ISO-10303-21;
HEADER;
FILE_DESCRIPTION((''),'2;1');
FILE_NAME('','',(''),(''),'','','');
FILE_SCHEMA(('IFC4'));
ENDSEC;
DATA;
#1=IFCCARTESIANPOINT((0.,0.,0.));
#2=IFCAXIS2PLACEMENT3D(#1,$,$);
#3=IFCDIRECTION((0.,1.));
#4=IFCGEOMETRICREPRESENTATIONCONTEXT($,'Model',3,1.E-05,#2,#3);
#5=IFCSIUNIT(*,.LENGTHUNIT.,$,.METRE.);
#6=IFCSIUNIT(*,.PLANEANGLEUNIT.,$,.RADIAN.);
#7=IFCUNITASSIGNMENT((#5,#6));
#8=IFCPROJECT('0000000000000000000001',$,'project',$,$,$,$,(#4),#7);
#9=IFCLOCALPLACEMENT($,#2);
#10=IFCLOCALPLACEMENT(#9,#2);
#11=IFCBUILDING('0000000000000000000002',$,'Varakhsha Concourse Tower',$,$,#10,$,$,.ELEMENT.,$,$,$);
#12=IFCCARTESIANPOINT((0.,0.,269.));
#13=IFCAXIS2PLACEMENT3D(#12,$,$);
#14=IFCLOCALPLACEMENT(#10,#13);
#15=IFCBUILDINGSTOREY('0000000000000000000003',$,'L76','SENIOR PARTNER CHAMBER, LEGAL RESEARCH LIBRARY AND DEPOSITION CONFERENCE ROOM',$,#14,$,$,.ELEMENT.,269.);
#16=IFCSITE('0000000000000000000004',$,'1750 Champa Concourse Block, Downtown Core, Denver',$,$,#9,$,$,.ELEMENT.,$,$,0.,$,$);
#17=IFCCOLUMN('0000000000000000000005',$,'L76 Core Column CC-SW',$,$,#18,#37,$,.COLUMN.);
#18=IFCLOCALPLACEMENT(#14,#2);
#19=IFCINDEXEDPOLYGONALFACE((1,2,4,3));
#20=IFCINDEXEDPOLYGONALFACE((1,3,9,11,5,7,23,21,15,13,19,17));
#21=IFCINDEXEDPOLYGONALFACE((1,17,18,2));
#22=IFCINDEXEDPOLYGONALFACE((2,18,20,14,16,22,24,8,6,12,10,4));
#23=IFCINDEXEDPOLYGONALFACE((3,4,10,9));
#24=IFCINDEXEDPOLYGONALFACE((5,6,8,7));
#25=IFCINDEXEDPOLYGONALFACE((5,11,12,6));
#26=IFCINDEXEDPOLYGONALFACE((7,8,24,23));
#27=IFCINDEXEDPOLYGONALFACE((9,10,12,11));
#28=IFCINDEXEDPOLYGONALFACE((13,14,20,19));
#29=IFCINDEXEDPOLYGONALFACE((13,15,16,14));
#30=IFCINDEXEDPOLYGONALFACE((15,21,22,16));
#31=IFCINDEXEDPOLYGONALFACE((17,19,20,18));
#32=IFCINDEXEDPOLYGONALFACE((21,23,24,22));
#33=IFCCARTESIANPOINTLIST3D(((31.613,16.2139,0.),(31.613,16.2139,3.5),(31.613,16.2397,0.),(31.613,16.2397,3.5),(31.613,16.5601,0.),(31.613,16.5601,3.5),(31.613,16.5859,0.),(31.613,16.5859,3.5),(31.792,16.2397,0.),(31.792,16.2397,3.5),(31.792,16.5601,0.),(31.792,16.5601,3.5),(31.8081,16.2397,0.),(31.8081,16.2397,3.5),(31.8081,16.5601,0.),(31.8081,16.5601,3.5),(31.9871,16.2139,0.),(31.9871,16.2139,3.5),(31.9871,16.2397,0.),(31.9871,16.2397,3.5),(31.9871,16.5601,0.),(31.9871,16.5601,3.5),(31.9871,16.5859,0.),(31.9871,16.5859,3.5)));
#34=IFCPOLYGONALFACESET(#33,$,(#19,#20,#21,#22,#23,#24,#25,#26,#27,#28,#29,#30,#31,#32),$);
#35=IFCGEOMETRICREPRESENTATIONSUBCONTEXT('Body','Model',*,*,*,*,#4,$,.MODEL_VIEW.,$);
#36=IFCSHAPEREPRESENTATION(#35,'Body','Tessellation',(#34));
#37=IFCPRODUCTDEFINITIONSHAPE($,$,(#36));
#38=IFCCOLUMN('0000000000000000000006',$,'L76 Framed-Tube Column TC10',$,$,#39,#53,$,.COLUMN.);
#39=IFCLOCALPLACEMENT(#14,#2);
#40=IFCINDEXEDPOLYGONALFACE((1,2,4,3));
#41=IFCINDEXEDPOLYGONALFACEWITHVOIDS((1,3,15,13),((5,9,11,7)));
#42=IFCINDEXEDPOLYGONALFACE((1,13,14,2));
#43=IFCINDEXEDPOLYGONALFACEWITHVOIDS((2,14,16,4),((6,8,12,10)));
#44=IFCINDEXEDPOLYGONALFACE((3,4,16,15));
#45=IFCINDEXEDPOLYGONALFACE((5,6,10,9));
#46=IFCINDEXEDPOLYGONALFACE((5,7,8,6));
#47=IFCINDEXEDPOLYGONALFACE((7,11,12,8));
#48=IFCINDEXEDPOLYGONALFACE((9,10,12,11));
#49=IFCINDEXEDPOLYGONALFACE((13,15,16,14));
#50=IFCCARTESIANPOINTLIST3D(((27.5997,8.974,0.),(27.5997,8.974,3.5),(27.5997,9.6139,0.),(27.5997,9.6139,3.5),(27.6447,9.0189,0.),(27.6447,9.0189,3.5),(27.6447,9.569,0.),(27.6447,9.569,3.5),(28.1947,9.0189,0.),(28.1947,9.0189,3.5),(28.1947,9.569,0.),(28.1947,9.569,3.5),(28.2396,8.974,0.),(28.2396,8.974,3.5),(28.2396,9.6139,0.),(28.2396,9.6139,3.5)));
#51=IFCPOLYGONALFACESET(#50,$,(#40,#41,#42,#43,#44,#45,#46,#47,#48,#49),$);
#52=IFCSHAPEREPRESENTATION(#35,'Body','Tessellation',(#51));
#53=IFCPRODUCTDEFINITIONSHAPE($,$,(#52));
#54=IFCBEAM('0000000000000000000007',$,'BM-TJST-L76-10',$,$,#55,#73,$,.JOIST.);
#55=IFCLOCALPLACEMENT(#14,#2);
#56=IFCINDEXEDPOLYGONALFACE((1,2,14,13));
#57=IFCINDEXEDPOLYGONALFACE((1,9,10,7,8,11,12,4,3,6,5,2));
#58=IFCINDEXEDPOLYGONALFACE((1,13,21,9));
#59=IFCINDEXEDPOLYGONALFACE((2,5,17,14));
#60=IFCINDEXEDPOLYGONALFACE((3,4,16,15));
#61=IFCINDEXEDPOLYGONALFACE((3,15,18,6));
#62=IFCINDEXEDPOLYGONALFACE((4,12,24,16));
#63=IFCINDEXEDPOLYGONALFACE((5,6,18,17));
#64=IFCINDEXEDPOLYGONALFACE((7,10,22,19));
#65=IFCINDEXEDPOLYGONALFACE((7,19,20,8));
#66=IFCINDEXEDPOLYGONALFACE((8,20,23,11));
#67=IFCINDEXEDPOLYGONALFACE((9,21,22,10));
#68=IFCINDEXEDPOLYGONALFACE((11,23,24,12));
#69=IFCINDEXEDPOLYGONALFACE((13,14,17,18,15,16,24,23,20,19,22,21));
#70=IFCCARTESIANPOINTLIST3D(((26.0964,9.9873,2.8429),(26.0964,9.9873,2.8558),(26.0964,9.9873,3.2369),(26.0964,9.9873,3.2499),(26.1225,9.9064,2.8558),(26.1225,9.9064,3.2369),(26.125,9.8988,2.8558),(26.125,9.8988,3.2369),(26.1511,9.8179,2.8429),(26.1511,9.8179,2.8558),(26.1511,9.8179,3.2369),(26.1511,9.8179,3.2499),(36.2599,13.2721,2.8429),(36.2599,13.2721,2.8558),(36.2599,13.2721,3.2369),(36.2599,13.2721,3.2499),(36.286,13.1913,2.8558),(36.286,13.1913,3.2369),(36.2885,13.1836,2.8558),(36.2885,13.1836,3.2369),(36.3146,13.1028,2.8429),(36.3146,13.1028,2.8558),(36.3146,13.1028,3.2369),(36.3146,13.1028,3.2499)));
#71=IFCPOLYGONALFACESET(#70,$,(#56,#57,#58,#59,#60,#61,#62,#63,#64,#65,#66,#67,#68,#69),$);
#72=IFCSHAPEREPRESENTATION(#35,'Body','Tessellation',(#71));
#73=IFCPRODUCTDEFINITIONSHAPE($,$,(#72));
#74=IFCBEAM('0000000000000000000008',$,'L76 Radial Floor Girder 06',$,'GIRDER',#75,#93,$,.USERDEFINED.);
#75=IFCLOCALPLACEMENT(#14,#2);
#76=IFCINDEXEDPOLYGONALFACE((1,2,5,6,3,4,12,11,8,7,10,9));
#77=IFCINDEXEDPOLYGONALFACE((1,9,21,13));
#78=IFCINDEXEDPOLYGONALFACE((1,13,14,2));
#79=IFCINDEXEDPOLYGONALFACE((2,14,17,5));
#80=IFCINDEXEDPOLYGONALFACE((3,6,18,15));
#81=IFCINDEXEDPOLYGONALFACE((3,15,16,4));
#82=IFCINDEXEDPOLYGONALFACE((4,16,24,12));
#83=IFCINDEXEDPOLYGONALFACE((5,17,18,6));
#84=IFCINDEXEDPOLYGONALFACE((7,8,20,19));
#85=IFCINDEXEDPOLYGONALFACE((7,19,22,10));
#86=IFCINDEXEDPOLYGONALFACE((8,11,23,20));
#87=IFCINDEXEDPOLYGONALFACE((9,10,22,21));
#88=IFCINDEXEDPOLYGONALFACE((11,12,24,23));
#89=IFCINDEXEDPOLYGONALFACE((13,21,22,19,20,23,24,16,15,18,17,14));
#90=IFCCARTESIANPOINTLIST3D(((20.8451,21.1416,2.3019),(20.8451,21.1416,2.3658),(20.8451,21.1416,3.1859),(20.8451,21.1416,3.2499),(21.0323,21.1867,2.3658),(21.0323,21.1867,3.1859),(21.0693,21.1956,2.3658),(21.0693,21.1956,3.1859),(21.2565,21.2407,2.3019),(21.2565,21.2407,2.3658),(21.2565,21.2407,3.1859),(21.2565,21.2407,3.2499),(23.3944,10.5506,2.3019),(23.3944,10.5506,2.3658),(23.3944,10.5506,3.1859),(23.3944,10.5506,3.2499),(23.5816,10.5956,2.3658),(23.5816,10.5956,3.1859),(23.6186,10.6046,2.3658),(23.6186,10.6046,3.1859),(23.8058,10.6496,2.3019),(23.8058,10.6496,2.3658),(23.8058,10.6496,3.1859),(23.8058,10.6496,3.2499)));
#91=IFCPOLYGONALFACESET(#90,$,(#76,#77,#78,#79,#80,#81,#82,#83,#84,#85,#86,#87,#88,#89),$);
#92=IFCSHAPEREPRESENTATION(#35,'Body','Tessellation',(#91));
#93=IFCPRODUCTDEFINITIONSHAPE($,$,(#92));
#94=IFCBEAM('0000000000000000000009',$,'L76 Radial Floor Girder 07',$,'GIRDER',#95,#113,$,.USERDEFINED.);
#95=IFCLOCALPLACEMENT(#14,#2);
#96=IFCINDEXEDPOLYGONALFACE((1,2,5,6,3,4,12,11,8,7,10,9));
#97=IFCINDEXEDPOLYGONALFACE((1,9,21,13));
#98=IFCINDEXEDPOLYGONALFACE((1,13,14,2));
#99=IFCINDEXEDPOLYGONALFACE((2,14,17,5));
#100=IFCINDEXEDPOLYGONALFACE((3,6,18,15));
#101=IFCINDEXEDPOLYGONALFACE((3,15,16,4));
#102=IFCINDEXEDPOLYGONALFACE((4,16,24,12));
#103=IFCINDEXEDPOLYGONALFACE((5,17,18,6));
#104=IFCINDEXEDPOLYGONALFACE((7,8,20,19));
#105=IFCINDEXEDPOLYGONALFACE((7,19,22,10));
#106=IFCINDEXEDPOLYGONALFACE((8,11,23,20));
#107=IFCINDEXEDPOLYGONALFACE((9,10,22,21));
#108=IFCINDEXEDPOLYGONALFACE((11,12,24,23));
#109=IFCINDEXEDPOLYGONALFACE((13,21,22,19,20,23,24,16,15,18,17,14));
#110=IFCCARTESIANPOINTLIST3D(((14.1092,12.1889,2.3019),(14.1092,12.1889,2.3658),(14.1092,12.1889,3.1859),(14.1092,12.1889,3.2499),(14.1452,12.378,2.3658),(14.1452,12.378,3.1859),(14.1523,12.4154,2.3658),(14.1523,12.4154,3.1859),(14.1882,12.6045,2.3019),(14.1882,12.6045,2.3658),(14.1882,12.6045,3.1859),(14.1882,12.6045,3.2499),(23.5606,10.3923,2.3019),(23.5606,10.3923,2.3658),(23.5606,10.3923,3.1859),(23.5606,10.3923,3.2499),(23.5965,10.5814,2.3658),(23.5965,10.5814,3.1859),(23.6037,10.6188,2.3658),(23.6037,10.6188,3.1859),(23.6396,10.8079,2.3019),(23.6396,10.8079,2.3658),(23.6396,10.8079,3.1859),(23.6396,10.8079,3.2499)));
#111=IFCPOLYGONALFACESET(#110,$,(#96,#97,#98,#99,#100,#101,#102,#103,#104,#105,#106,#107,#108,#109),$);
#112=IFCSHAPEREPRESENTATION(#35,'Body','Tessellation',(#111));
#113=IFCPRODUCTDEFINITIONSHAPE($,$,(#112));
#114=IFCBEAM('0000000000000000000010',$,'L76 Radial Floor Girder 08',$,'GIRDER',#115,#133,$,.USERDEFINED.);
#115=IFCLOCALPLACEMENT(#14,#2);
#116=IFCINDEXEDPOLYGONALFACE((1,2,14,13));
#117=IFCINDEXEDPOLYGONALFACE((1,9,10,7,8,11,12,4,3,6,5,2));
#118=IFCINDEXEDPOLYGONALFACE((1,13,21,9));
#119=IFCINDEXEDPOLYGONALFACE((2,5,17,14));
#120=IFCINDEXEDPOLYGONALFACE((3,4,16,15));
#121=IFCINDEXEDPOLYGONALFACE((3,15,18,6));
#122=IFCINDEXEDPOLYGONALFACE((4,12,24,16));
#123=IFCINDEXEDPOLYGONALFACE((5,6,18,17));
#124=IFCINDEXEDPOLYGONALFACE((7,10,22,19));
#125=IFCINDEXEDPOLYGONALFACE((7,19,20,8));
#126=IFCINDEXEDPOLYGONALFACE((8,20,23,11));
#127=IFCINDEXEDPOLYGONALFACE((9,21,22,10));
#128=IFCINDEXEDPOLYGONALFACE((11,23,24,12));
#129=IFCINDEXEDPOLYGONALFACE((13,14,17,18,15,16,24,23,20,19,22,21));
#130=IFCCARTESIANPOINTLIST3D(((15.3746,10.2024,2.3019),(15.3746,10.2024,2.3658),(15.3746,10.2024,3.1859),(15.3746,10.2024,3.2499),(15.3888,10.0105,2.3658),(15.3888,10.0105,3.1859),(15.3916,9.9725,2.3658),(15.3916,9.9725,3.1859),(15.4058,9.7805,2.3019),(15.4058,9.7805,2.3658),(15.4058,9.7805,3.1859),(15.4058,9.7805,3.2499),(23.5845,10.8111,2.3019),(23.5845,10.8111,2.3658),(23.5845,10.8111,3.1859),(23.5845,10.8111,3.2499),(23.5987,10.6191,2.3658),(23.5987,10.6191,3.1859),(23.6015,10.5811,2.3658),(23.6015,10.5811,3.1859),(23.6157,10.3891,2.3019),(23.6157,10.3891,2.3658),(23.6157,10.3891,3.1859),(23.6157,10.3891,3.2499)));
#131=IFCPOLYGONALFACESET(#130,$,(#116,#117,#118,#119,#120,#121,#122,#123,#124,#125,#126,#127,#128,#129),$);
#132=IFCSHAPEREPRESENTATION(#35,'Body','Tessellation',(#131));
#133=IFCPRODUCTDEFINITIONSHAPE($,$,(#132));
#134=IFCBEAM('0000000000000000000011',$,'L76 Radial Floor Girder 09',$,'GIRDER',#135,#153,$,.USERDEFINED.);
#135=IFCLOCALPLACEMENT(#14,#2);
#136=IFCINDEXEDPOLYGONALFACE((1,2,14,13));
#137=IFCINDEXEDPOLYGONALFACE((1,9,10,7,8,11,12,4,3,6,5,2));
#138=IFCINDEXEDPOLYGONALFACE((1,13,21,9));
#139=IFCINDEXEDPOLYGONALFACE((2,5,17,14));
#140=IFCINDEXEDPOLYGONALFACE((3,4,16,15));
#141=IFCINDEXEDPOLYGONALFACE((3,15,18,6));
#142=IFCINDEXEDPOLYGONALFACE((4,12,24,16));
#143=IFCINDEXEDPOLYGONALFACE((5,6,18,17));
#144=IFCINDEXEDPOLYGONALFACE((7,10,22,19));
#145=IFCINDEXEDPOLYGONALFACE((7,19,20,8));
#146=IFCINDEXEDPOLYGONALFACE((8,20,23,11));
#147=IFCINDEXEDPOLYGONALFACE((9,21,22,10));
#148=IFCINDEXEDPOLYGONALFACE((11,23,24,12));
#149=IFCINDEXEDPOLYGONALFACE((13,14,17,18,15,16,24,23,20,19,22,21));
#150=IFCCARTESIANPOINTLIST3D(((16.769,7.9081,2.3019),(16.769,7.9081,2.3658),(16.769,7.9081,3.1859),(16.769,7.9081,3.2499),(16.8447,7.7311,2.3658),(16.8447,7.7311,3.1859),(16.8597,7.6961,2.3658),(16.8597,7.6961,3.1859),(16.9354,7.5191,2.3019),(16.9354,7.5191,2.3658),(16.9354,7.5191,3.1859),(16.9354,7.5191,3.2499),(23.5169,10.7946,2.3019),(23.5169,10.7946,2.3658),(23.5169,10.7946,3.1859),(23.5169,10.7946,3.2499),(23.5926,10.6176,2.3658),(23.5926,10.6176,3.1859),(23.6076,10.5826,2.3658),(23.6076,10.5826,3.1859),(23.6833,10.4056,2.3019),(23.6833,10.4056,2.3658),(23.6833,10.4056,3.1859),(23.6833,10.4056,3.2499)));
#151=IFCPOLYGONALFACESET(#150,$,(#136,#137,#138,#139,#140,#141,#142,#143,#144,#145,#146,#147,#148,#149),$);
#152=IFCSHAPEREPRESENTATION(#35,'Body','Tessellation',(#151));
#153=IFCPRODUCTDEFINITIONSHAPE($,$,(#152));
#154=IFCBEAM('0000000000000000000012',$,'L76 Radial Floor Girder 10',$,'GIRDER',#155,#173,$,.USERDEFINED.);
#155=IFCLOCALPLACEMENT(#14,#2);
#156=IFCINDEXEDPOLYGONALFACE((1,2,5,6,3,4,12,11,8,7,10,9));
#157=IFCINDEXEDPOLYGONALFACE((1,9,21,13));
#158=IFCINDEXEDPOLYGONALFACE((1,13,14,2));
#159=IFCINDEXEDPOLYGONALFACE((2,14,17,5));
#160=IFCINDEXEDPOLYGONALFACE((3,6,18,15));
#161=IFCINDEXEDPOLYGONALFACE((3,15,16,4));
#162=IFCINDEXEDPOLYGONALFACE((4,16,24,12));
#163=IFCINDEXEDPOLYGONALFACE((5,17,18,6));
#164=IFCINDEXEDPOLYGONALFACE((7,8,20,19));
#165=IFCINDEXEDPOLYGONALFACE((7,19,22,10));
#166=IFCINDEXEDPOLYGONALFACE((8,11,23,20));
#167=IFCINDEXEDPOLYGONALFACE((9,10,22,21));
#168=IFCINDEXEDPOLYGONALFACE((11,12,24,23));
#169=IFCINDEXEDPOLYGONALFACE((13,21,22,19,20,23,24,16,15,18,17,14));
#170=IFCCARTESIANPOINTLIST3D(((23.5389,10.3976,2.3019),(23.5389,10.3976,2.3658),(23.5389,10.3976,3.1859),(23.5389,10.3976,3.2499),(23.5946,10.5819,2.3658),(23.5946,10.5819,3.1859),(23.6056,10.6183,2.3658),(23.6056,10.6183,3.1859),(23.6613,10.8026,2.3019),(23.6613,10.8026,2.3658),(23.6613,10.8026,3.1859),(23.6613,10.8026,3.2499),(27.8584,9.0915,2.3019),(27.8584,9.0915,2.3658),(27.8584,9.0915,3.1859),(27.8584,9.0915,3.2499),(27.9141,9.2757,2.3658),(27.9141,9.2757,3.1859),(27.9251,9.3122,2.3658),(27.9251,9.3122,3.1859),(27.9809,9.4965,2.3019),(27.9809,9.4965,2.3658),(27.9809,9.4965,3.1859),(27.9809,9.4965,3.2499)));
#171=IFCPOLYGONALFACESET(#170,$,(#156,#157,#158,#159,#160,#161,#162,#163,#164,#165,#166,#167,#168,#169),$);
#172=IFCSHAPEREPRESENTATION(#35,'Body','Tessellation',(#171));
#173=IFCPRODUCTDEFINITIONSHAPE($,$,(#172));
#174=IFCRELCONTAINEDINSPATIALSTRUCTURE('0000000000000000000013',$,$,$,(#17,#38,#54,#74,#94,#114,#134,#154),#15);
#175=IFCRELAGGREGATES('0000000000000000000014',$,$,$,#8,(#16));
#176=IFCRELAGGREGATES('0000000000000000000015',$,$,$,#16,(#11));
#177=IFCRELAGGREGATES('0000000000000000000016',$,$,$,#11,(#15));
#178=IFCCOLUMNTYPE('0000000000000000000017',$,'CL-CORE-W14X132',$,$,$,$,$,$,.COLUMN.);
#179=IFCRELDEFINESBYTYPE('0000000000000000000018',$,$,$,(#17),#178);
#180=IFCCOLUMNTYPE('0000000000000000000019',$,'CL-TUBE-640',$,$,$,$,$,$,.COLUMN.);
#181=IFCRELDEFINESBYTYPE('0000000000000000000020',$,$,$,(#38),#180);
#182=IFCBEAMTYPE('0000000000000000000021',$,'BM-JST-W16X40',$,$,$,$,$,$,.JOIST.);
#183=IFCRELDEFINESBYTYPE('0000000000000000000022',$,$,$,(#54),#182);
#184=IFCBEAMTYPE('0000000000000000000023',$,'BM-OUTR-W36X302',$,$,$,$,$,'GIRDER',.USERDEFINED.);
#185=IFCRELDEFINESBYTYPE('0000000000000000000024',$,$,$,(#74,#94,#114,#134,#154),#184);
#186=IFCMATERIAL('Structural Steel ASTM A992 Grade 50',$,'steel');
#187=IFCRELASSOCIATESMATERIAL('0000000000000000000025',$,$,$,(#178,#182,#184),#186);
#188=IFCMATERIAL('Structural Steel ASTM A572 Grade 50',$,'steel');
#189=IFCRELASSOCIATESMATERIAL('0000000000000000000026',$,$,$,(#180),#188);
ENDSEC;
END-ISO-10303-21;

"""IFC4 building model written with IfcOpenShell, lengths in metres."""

from ifc_helpers import new_model, si_unit, direction, frame, origin, origin_2d, place, context, subcontext, project, spatial, hollow_rectangle, i_section, extrude, material, material_profile, profile_set, type_object, element, save


model = new_model("IFC4")

# Units and contexts
model_context = context("Model", 3, precision=1e-05, world=origin(), true_north=direction((0.0, 1.0)))
body_context = subcontext(model_context, "Body", "Model", "MODEL_VIEW")
ifc_project = project(units=[si_unit("LENGTHUNIT", "METRE"), si_unit("PLANEANGLEUNIT", "RADIAN")], contexts=[model_context])

# Site, building, storey
site_placement = place(None, origin())
site = spatial("IfcSite", under=ifc_project, at=site_placement, Name="1750 Champa Concourse Block, Downtown Core, Denver", CompositionType="ELEMENT", RefElevation=0.0)
building_placement = place(site_placement, origin())
building = spatial("IfcBuilding", under=site, at=building_placement, Name="Varakhsha Concourse Tower", CompositionType="ELEMENT")
storey_placement = place(building_placement, frame((0.0, 0.0, 269.0)))
storey = spatial("IfcBuildingStorey", under=building, at=storey_placement, Name="L76", Description="SENIOR PARTNER CHAMBER, LEGAL RESEARCH LIBRARY AND DEPOSITION CONFERENCE ROOM", CompositionType="ELEMENT", Elevation=269.0)

# Columns
ifc_material_1 = material(Name="Structural Steel ASTM A992 Grade 50", Category="steel")
ifc_material_profile_1 = material_profile(ifc_material_1, i_section(OverallWidth=0.374, OverallDepth=0.3721, WebThickness=0.0161, FlangeThickness=0.0259, at=origin_2d()), Name="W14X132")
ifc_profile_set_1 = profile_set([ifc_material_profile_1], Name="Structural Steel ASTM A992 Grade 50")
column_type_1 = type_object("IfcColumnType", Name="CL-CORE-W14X132", PredefinedType="COLUMN", material=ifc_profile_set_1)
column_1_placement = place(storey_placement, frame((31.8, 16.3999, 0.0), z_axis=(0.0, 0.0, 1.0), x_axis=(1.0, 0.0, 0.0)))
element("IfcColumn", 1, at=column_1_placement, inside=storey, type_object=column_type_1, Name="L76 Core Column CC-SW", PredefinedType="COLUMN", context=body_context, shape_type="SweptSolid", body=[
    extrude(i_section(OverallWidth=0.374, OverallDepth=0.3721, WebThickness=0.0161, FlangeThickness=0.0259, at=origin_2d()), origin(), (0.0, 0.0, 1.0), 3.5),
])
ifc_material_2 = material(Name="Structural Steel ASTM A572 Grade 50", Category="steel")
ifc_material_profile_2 = material_profile(ifc_material_2, hollow_rectangle(XDim=0.6399, YDim=0.6399, WallThickness=0.0449, at=origin_2d()), Name="BOX 640x640x45")
ifc_profile_set_2 = profile_set([ifc_material_profile_2], Name="Structural Steel ASTM A572 Grade 50")
column_type_2 = type_object("IfcColumnType", Name="CL-TUBE-640", PredefinedType="COLUMN", material=ifc_profile_set_2)
column_2_placement = place(storey_placement, frame((27.9197, 9.2939, 0.0), z_axis=(0.0, 0.0, 1.0), x_axis=(1.0, 0.0, 0.0)))
element("IfcColumn", 2, at=column_2_placement, inside=storey, type_object=column_type_2, Name="L76 Framed-Tube Column TC10", PredefinedType="COLUMN", context=body_context, shape_type="SweptSolid", body=[
    extrude(hollow_rectangle(XDim=0.6399, YDim=0.6399, WallThickness=0.0449, at=origin_2d()), origin(), (0.0, 0.0, 1.0), 3.5),
])

# Beams
ifc_material_profile_3 = material_profile(ifc_material_1, i_section(OverallWidth=0.178, OverallDepth=0.407, WebThickness=0.0081, FlangeThickness=0.0129, at=origin_2d()), Name="W16X40")
ifc_profile_set_3 = profile_set([ifc_material_profile_3], Name="Structural Steel ASTM A992 Grade 50")
beam_type_1 = type_object("IfcBeamType", Name="BM-JST-W16X40", PredefinedType="JOIST", material=ifc_profile_set_3)
beam_1_placement = place(storey_placement, frame((26.1238, 9.9026, 3.0464), z_axis=(0.951535, 0.30754, 0.0), x_axis=(-0.30754, 0.951535, 0.0)))
element("IfcBeam", 3, at=beam_1_placement, inside=storey, type_object=beam_type_1, Name="BM-TJST-L76-10", PredefinedType="JOIST", context=body_context, shape_type="SweptSolid", body=[
    extrude(i_section(OverallWidth=0.178, OverallDepth=0.407, WebThickness=0.0081, FlangeThickness=0.0129, at=origin_2d()), origin(), (0.0, 0.0, 1.0), 10.6812),
])
ifc_material_profile_4 = material_profile(ifc_material_1, i_section(OverallWidth=0.4231, OverallDepth=0.948, WebThickness=0.0381, FlangeThickness=0.064, at=origin_2d()), Name="W36X302")
ifc_profile_set_4 = profile_set([ifc_material_profile_4], Name="Structural Steel ASTM A992 Grade 50")
beam_type_2 = type_object("IfcBeamType", Name="BM-OUTR-W36X302", ElementType="GIRDER", PredefinedType="USERDEFINED", material=ifc_profile_set_4)
beam_2_placement = place(storey_placement, frame((23.6001, 10.6001, 2.7759), z_axis=(-0.23402, 0.972232, 0.0), x_axis=(-0.972232, -0.23402, 0.0)))
element("IfcBeam", 4, at=beam_2_placement, inside=storey, type_object=beam_type_2, Name="L76 Radial Floor Girder 06", ObjectType="GIRDER", PredefinedType="USERDEFINED", context=body_context, shape_type="SweptSolid", body=[
    extrude(i_section(OverallWidth=0.4231, OverallDepth=0.948, WebThickness=0.0381, FlangeThickness=0.064, at=origin_2d()), origin(), (0.0, 0.0, 1.0), 10.8936),
])
beam_3_placement = place(storey_placement, frame((23.6001, 10.6001, 2.7759), z_axis=(-0.982408, 0.186747, 0.0), x_axis=(-0.186747, -0.982408, 0.0)))
element("IfcBeam", 5, at=beam_3_placement, inside=storey, type_object=beam_type_2, Name="L76 Radial Floor Girder 07", ObjectType="GIRDER", PredefinedType="USERDEFINED", context=body_context, shape_type="SweptSolid", body=[
    extrude(i_section(OverallWidth=0.4231, OverallDepth=0.948, WebThickness=0.0381, FlangeThickness=0.064, at=origin_2d()), origin(), (0.0, 0.0, 1.0), 9.6206),
])
beam_4_placement = place(storey_placement, frame((23.6001, 10.6001, 2.7759), z_axis=(-0.997263, -0.073932, 0.0), x_axis=(0.073932, -0.997263, 0.0)))
element("IfcBeam", 6, at=beam_4_placement, inside=storey, type_object=beam_type_2, Name="L76 Radial Floor Girder 08", ObjectType="GIRDER", PredefinedType="USERDEFINED", context=body_context, shape_type="SweptSolid", body=[
    extrude(i_section(OverallWidth=0.4231, OverallDepth=0.948, WebThickness=0.0381, FlangeThickness=0.064, at=origin_2d()), origin(), (0.0, 0.0, 1.0), 8.2324),
])
beam_5_placement = place(storey_placement, frame((23.6001, 10.6001, 2.7759), z_axis=(-0.919413, -0.393293, 0.0), x_axis=(0.393293, -0.919413, 0.0)))
element("IfcBeam", 7, at=beam_5_placement, inside=storey, type_object=beam_type_2, Name="L76 Radial Floor Girder 09", ObjectType="GIRDER", PredefinedType="USERDEFINED", context=body_context, shape_type="SweptSolid", body=[
    extrude(i_section(OverallWidth=0.4231, OverallDepth=0.948, WebThickness=0.0381, FlangeThickness=0.064, at=origin_2d()), origin(), (0.0, 0.0, 1.0), 7.3394),
])
beam_6_placement = place(storey_placement, frame((23.6001, 10.6001, 2.7759), z_axis=(0.957197, -0.289437, 0.0), x_axis=(0.289437, 0.957197, 0.0)))
element("IfcBeam", 8, at=beam_6_placement, inside=storey, type_object=beam_type_2, Name="L76 Radial Floor Girder 10", ObjectType="GIRDER", PredefinedType="USERDEFINED", context=body_context, shape_type="SweptSolid", body=[
    extrude(i_section(OverallWidth=0.4231, OverallDepth=0.948, WebThickness=0.0381, FlangeThickness=0.064, at=origin_2d()), origin(), (0.0, 0.0, 1.0), 4.5127),
])

save(model, "model.ifc")
